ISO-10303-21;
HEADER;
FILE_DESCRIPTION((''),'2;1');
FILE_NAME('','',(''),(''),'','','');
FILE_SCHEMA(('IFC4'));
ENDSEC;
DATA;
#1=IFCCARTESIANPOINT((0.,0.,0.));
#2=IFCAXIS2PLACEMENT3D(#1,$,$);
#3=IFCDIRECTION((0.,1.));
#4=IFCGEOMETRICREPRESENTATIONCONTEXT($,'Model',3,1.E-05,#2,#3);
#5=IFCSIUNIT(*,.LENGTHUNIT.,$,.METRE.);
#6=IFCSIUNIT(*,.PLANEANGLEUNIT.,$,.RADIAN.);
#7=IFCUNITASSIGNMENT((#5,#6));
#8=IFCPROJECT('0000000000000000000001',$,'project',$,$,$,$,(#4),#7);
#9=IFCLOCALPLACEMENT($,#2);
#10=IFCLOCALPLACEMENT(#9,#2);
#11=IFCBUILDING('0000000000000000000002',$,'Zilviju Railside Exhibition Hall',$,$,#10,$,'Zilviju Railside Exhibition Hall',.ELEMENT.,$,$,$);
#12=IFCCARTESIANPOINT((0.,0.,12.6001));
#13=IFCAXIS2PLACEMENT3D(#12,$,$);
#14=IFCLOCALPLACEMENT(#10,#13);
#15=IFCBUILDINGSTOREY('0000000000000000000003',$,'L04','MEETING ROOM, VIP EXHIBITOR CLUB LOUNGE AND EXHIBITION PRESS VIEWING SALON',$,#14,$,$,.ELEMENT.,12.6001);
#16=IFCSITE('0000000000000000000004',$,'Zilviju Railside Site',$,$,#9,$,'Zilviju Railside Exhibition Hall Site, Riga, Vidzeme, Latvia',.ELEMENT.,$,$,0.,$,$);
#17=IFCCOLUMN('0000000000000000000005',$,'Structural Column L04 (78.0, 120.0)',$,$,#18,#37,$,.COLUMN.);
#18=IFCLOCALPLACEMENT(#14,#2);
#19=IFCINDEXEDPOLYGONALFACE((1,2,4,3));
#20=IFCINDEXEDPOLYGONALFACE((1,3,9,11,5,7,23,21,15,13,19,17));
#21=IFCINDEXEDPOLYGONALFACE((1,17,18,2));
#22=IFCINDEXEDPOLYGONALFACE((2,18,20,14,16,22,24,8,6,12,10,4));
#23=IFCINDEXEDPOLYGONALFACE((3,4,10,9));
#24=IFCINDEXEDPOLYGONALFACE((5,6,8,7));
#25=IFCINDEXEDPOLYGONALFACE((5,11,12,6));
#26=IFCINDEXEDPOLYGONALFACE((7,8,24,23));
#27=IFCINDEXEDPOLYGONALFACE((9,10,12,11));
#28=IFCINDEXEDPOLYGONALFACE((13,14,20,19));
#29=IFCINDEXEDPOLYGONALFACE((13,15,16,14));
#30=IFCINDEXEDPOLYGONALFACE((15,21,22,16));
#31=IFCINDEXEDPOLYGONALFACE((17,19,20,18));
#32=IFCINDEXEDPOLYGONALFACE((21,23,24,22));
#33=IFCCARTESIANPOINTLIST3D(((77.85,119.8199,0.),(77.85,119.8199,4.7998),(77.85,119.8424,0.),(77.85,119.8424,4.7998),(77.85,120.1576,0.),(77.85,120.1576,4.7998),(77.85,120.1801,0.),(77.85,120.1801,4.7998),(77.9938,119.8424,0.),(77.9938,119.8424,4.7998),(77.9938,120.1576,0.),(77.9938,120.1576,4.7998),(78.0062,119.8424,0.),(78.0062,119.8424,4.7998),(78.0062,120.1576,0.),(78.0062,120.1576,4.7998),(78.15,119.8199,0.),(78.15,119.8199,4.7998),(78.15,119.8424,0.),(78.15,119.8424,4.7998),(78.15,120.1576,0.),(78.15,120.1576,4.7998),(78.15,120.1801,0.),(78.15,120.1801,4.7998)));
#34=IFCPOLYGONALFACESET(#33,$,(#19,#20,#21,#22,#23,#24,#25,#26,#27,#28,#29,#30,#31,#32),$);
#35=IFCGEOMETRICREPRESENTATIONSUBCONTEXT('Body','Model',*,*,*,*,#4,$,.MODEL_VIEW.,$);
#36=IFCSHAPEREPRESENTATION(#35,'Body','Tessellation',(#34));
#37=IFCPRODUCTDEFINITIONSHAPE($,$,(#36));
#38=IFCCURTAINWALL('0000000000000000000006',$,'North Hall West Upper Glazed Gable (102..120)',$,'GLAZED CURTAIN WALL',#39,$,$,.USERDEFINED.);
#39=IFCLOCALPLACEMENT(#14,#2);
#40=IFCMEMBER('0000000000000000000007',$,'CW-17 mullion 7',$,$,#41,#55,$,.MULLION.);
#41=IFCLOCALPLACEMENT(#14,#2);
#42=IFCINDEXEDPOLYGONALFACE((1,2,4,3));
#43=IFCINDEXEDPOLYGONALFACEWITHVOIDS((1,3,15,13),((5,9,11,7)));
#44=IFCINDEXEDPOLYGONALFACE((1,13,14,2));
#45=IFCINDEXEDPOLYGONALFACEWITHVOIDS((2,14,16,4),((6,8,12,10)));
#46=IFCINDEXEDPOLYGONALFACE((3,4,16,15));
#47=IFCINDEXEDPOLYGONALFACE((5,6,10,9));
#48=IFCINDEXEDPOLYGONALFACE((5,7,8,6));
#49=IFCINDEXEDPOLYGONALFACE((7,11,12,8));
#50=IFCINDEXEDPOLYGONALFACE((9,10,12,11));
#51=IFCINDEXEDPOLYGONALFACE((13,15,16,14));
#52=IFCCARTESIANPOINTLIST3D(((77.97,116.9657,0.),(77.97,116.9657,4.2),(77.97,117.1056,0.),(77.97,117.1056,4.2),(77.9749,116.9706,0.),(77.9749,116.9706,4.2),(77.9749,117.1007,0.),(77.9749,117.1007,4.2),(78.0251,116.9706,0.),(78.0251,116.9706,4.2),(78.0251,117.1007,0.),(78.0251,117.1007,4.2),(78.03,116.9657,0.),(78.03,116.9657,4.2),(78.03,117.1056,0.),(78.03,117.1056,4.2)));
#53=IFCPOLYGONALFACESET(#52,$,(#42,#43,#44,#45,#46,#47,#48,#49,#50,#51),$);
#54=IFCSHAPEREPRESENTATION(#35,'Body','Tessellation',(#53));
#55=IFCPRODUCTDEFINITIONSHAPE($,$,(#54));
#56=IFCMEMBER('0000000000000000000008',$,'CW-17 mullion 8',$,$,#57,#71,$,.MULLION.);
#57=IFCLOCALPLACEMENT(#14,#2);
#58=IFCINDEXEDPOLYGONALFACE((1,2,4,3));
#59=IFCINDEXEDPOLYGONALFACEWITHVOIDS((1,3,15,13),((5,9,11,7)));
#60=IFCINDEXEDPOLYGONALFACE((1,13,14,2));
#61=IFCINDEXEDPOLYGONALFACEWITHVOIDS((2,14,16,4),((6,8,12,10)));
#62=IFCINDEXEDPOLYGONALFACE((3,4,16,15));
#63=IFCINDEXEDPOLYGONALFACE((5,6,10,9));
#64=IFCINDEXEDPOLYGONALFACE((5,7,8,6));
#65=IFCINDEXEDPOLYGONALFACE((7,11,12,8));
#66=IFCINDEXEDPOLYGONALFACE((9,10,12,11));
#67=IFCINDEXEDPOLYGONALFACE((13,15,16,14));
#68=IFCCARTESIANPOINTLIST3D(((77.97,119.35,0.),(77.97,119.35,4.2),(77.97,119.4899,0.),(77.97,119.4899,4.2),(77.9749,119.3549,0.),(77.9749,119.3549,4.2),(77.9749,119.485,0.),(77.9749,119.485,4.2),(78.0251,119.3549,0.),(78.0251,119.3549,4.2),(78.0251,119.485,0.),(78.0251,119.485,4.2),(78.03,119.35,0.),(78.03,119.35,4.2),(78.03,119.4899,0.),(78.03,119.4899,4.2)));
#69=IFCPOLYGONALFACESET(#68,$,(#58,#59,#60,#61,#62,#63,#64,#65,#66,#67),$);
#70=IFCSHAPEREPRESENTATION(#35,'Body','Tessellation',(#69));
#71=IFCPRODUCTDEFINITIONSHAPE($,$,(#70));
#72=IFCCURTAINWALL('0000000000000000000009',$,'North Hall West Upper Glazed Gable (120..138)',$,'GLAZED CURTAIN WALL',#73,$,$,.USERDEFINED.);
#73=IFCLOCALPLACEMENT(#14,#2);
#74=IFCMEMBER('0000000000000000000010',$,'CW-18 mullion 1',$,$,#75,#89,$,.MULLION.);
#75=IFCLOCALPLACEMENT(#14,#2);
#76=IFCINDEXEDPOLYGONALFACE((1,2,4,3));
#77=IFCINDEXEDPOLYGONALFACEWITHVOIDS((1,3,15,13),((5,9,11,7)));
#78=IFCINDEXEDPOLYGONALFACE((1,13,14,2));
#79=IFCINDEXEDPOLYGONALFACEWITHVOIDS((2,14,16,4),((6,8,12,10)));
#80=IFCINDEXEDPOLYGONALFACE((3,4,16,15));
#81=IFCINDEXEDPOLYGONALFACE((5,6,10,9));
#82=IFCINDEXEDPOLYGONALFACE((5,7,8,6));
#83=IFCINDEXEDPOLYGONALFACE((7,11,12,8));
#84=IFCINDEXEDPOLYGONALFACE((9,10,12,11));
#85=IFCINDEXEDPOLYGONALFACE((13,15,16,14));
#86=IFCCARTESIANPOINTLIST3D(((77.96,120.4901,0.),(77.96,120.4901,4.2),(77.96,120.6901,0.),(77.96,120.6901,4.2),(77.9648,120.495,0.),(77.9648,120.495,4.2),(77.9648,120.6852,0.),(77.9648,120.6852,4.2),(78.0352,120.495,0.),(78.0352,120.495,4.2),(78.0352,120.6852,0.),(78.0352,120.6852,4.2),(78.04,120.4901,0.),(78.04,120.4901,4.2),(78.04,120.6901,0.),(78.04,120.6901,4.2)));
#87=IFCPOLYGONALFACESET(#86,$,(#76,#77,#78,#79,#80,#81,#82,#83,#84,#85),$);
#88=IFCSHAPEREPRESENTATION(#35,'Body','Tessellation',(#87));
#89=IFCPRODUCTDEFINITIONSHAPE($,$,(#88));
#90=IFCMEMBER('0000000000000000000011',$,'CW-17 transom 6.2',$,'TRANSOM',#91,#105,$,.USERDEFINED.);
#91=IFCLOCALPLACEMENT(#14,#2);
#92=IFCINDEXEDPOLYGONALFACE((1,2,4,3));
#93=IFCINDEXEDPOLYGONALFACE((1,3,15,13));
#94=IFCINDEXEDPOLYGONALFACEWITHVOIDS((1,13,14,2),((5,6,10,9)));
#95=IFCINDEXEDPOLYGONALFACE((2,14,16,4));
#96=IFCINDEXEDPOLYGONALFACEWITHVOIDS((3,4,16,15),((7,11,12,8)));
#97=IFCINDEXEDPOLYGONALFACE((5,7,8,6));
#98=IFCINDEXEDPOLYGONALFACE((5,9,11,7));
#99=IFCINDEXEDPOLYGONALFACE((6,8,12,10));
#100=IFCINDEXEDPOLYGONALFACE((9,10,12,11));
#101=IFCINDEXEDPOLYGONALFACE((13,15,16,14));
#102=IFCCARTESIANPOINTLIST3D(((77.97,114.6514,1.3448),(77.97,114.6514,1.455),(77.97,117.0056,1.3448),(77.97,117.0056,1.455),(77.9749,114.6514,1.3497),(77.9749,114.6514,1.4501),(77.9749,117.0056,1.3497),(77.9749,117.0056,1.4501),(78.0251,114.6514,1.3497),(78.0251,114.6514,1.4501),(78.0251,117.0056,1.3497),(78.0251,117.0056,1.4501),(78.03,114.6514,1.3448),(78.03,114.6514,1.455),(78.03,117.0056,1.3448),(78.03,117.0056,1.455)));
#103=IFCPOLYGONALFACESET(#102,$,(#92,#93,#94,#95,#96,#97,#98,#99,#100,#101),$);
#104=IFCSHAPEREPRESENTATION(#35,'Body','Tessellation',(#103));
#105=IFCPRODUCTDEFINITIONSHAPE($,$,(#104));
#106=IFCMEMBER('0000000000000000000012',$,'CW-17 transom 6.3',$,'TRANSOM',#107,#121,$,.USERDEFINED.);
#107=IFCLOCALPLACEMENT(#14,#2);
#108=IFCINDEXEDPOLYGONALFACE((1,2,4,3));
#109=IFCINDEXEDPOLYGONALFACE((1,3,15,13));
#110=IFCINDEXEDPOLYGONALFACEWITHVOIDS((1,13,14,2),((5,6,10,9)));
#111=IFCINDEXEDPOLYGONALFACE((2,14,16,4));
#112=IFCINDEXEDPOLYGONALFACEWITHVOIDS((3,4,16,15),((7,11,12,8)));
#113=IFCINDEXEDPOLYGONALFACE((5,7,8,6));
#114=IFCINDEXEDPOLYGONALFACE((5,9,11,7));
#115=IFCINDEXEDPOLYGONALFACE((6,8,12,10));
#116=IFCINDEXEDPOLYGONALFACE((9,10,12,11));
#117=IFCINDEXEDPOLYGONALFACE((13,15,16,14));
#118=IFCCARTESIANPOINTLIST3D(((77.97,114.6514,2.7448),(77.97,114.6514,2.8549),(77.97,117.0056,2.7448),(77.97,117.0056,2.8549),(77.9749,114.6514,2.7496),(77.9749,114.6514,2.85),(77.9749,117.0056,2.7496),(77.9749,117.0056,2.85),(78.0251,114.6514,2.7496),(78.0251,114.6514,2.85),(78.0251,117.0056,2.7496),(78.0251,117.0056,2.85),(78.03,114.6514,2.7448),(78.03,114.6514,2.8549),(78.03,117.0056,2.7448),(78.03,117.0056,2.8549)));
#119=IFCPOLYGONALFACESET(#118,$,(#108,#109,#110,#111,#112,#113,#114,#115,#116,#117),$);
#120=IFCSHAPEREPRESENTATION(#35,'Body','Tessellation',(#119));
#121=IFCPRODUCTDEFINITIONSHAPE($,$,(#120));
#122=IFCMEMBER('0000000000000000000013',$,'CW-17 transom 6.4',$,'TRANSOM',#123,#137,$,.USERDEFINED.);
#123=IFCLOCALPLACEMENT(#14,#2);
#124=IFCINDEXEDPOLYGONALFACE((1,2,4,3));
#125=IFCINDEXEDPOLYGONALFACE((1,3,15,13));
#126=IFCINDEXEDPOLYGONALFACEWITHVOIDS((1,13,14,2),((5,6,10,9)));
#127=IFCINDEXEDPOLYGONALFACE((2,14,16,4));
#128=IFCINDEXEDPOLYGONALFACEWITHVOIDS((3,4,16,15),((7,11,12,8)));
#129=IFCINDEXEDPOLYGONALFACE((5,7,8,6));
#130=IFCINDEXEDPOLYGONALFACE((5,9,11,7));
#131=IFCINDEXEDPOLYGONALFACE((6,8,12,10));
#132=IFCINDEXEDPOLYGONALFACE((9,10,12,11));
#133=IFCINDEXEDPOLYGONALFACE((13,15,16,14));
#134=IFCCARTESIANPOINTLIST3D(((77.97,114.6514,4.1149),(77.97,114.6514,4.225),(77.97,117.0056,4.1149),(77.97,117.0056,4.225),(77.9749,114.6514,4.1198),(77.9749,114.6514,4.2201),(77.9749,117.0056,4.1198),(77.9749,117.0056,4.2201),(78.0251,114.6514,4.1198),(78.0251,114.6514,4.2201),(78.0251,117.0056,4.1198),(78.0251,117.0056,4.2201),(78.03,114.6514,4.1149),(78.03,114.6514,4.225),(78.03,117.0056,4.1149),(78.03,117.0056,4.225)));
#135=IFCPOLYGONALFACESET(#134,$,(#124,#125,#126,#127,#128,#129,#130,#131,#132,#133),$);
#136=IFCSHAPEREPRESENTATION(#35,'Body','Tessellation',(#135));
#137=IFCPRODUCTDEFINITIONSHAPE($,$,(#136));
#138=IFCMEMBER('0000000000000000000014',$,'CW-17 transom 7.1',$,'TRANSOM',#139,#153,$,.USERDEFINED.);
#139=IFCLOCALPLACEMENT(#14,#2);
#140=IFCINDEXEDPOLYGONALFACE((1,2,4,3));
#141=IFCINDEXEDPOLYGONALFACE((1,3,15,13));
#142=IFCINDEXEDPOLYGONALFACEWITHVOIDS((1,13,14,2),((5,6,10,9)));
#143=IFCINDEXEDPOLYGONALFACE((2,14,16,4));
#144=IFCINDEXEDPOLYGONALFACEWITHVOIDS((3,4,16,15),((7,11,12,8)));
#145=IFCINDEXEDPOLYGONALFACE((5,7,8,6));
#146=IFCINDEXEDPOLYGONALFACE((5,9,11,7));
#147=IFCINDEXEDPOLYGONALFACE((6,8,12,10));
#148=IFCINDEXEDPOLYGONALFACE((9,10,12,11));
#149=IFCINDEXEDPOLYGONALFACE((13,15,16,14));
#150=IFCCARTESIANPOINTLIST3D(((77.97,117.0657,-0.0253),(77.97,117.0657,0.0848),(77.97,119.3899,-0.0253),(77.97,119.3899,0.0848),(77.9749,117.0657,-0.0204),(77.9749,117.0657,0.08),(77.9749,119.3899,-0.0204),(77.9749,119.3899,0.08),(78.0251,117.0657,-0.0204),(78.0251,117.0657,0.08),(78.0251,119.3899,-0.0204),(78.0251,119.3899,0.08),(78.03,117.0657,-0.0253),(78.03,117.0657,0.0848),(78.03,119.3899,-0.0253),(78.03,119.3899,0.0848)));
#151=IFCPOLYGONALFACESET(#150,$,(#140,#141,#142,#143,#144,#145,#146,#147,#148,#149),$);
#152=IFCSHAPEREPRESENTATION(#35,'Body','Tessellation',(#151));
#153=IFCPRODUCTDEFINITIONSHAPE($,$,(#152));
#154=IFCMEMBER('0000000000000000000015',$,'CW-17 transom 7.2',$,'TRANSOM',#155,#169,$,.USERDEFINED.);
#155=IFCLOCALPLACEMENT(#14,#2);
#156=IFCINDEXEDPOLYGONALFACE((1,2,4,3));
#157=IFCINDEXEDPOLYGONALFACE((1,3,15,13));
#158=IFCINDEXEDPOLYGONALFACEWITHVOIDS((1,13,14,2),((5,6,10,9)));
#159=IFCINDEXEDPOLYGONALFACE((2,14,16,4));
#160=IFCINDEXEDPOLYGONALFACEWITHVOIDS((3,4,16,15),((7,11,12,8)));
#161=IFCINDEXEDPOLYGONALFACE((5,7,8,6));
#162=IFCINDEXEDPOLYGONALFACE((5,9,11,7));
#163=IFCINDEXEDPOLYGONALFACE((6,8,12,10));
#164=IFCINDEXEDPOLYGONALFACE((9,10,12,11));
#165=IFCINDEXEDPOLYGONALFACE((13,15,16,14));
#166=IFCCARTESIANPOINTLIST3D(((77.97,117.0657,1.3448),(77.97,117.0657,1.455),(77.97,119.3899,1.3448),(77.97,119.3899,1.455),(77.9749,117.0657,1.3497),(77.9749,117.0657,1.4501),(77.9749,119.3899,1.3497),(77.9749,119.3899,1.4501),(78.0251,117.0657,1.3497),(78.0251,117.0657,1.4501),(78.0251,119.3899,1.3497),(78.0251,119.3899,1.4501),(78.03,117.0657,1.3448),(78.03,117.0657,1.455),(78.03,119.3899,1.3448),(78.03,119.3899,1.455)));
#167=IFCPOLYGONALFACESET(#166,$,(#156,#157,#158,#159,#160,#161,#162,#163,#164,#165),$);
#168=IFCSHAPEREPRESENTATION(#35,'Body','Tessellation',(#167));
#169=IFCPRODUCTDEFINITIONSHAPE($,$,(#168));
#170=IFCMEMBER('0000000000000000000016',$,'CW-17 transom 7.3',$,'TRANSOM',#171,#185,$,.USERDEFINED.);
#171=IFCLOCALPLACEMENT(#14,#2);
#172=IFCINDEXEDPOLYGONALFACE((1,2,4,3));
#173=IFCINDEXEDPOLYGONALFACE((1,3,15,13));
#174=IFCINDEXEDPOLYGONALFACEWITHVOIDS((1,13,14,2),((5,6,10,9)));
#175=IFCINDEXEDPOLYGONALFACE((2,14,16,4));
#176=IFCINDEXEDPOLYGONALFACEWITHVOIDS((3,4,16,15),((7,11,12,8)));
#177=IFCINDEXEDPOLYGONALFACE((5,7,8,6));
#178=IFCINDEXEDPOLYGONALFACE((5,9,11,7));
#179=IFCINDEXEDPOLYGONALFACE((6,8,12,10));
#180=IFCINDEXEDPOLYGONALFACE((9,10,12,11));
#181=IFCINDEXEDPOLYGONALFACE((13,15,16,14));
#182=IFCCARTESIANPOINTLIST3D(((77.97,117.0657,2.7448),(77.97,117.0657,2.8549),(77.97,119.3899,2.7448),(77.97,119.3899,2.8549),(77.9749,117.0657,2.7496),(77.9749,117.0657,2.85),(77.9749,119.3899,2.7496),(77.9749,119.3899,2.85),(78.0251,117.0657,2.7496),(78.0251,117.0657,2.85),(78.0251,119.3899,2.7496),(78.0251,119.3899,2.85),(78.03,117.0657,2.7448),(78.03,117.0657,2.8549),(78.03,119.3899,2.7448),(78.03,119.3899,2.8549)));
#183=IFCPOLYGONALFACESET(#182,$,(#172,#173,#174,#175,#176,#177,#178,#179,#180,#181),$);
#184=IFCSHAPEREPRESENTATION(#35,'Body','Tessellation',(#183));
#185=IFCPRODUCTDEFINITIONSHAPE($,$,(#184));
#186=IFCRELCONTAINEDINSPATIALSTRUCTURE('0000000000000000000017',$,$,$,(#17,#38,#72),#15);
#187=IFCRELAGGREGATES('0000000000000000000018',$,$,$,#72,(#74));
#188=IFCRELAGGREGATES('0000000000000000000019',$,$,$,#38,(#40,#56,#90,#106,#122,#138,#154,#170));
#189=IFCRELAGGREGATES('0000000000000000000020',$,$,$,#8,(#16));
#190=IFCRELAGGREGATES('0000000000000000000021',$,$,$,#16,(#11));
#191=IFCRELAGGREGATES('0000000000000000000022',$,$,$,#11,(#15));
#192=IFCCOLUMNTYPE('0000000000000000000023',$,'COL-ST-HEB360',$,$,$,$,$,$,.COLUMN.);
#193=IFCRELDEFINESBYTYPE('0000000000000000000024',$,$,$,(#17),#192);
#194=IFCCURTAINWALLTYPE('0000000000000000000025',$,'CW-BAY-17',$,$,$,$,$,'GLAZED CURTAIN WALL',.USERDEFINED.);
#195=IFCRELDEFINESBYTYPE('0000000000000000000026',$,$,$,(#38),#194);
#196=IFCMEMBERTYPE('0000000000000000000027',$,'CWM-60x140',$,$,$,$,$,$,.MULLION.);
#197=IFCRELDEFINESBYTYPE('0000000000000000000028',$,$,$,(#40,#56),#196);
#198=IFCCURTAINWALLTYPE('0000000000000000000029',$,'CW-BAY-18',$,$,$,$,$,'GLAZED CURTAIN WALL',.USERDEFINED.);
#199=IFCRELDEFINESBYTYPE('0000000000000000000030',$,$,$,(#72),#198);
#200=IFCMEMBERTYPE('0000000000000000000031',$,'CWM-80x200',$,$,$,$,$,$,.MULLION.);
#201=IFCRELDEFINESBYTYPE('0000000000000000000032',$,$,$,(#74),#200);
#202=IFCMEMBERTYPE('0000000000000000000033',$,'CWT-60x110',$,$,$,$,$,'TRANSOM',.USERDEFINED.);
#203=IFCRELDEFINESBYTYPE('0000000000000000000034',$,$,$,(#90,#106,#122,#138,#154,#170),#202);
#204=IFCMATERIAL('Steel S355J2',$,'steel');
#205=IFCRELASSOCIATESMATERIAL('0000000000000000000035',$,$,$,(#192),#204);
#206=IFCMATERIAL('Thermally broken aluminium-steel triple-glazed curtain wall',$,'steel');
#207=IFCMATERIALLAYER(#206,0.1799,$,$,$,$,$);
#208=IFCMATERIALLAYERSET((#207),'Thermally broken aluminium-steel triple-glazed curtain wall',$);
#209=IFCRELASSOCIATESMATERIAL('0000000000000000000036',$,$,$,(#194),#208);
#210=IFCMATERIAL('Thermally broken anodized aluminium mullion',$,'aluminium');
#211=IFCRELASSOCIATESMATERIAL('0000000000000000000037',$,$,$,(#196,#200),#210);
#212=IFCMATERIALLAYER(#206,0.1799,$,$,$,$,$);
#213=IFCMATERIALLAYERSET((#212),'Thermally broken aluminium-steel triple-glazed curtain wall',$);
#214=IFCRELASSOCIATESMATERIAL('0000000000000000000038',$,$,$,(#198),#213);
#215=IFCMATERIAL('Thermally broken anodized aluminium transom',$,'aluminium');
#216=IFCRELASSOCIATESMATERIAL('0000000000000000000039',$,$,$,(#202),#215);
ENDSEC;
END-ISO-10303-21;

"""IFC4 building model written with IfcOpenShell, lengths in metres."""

from ifc_helpers import new_model, si_unit, direction, frame, origin, origin_2d, place, context, subcontext, project, spatial, hollow_rectangle, i_section, extrude, material, layer, layer_set, material_profile, profile_set, type_object, element, aggregate, save


model = new_model("IFC4")

# Units and contexts
model_context = context("Model", 3, precision=1e-05, world=origin(), true_north=direction((0.0, 1.0)))
body_context = subcontext(model_context, "Body", "Model", "MODEL_VIEW")
ifc_project = project(units=[si_unit("LENGTHUNIT", "METRE"), si_unit("PLANEANGLEUNIT", "RADIAN")], contexts=[model_context])

# Site, building, storey
site_placement = place(None, origin())
site = spatial("IfcSite", under=ifc_project, at=site_placement, Name="Zilviju Railside Site", LongName="Zilviju Railside Exhibition Hall Site, Riga, Vidzeme, Latvia", CompositionType="ELEMENT", RefElevation=0.0)
building_placement = place(site_placement, origin())
building = spatial("IfcBuilding", under=site, at=building_placement, Name="Zilviju Railside Exhibition Hall", LongName="Zilviju Railside Exhibition Hall", CompositionType="ELEMENT")
storey_placement = place(building_placement, frame((0.0, 0.0, 12.6001)))
storey = spatial("IfcBuildingStorey", under=building, at=storey_placement, Name="L04", Description="MEETING ROOM, VIP EXHIBITOR CLUB LOUNGE AND EXHIBITION PRESS VIEWING SALON", CompositionType="ELEMENT", Elevation=12.6001)

# Column
ifc_material_1 = material(Name="Steel S355J2", Category="steel")
ifc_material_profile_1 = material_profile(ifc_material_1, i_section(OverallWidth=0.3, OverallDepth=0.3601, WebThickness=0.0125, FlangeThickness=0.0225, at=origin_2d()), Name="HEB 360")
ifc_profile_set_1 = profile_set([ifc_material_profile_1], Name="Steel S355J2")
column_type = type_object("IfcColumnType", Name="COL-ST-HEB360", PredefinedType="COLUMN", material=ifc_profile_set_1)
column_placement = place(storey_placement, frame((78.0, 120.0, 0.0), z_axis=(0.0, 0.0, 1.0), x_axis=(1.0, 0.0, 0.0)))
element("IfcColumn", 1, at=column_placement, inside=storey, type_object=column_type, Name="Structural Column L04 (78.0, 120.0)", PredefinedType="COLUMN", context=body_context, shape_type="SweptSolid", body=[
    extrude(i_section(OverallWidth=0.3, OverallDepth=0.3601, WebThickness=0.0125, FlangeThickness=0.0225, at=origin_2d()), origin(), (0.0, 0.0, 1.0), 4.7998),
])

# Curtain wall, members
ifc_material_2 = material(Name="Thermally broken aluminium-steel triple-glazed curtain wall", Category="steel")
ifc_layer_1 = layer(ifc_material_2, 0.1799)
ifc_layer_set_1 = layer_set([ifc_layer_1], Name="Thermally broken aluminium-steel triple-glazed curtain wall")
curtain_wall_type_1 = type_object("IfcCurtainWallType", Name="CW-BAY-17", ElementType="GLAZED CURTAIN WALL", PredefinedType="USERDEFINED", material=ifc_layer_set_1)
curtain_wall_1_placement = place(storey_placement, origin())
curtain_wall_1 = element("IfcCurtainWall", 2, at=curtain_wall_1_placement, inside=storey, type_object=curtain_wall_type_1, Name="North Hall West Upper Glazed Gable (102..120)", ObjectType="GLAZED CURTAIN WALL", PredefinedType="USERDEFINED")
ifc_material_3 = material(Name="Thermally broken anodized aluminium mullion", Category="aluminium")
ifc_material_profile_2 = material_profile(ifc_material_3, hollow_rectangle(XDim=0.0601, YDim=0.1399, WallThickness=0.0049, at=origin_2d()), Name="MULLION 140x60x5")
ifc_profile_set_2 = profile_set([ifc_material_profile_2], Name="Thermally broken anodized aluminium mullion")
member_type_1 = type_object("IfcMemberType", Name="CWM-60x140", PredefinedType="MULLION", material=ifc_profile_set_2)
member_1_placement = place(storey_placement, frame((78.0, 117.0356, 0.0), z_axis=(0.0, 0.0, 1.0), x_axis=(-1.0, 0.0, 0.0)))
member_1 = element("IfcMember", 3, at=member_1_placement, type_object=member_type_1, Name="CW-17 mullion 7", PredefinedType="MULLION", context=body_context, shape_type="SweptSolid", body=[
    extrude(hollow_rectangle(XDim=0.0601, YDim=0.1399, WallThickness=0.0049, at=origin_2d()), origin(), (0.0, 0.0, 1.0), 4.2),
])
member_2_placement = place(storey_placement, frame((78.0, 119.4199, 0.0), z_axis=(0.0, 0.0, 1.0), x_axis=(-1.0, 0.0, 0.0)))
member_2 = element("IfcMember", 4, at=member_2_placement, type_object=member_type_1, Name="CW-17 mullion 8", PredefinedType="MULLION", context=body_context, shape_type="SweptSolid", body=[
    extrude(hollow_rectangle(XDim=0.0601, YDim=0.1399, WallThickness=0.0049, at=origin_2d()), origin(), (0.0, 0.0, 1.0), 4.2),
])

# Curtain wall, member
ifc_layer_2 = layer(ifc_material_2, 0.1799)
ifc_layer_set_2 = layer_set([ifc_layer_2], Name="Thermally broken aluminium-steel triple-glazed curtain wall")
curtain_wall_type_2 = type_object("IfcCurtainWallType", Name="CW-BAY-18", ElementType="GLAZED CURTAIN WALL", PredefinedType="USERDEFINED", material=ifc_layer_set_2)
curtain_wall_2_placement = place(storey_placement, origin())
curtain_wall_2 = element("IfcCurtainWall", 5, at=curtain_wall_2_placement, inside=storey, type_object=curtain_wall_type_2, Name="North Hall West Upper Glazed Gable (120..138)", ObjectType="GLAZED CURTAIN WALL", PredefinedType="USERDEFINED")
ifc_material_profile_3 = material_profile(ifc_material_3, hollow_rectangle(XDim=0.0801, YDim=0.2, WallThickness=0.0049, at=origin_2d()), Name="MULLION 200x80x5")
ifc_profile_set_3 = profile_set([ifc_material_profile_3], Name="Thermally broken anodized aluminium mullion")
member_type_2 = type_object("IfcMemberType", Name="CWM-80x200", PredefinedType="MULLION", material=ifc_profile_set_3)
member_3_placement = place(storey_placement, frame((78.0, 120.5901, 0.0), z_axis=(0.0, 0.0, 1.0), x_axis=(-1.0, 0.0, 0.0)))
member_3 = element("IfcMember", 6, at=member_3_placement, type_object=member_type_2, Name="CW-18 mullion 1", PredefinedType="MULLION", context=body_context, shape_type="SweptSolid", body=[
    extrude(hollow_rectangle(XDim=0.0801, YDim=0.2, WallThickness=0.0049, at=origin_2d()), origin(), (0.0, 0.0, 1.0), 4.2),
])

# Members
ifc_material_4 = material(Name="Thermally broken anodized aluminium transom", Category="aluminium")
ifc_material_profile_4 = material_profile(ifc_material_4, hollow_rectangle(XDim=0.0601, YDim=0.1101, WallThickness=0.0049, at=origin_2d()), Name="TRANSOM 110x60x5")
ifc_profile_set_4 = profile_set([ifc_material_profile_4], Name="Thermally broken anodized aluminium transom")
member_type_3 = type_object("IfcMemberType", Name="CWT-60x110", ElementType="TRANSOM", PredefinedType="USERDEFINED", material=ifc_profile_set_4)
member_4_placement = place(storey_placement, frame((78.0, 114.6514, 1.3999), z_axis=(0.0, 1.0, 0.0), x_axis=(-1.0, 0.0, 0.0)))
member_4 = element("IfcMember", 7, at=member_4_placement, type_object=member_type_3, Name="CW-17 transom 6.2", ObjectType="TRANSOM", PredefinedType="USERDEFINED", context=body_context, shape_type="SweptSolid", body=[
    extrude(hollow_rectangle(XDim=0.0601, YDim=0.1101, WallThickness=0.0049, at=origin_2d()), origin(), (0.0, 0.0, 1.0), 2.3542),
])
member_5_placement = place(storey_placement, frame((78.0, 114.6514, 2.7998), z_axis=(0.0, 1.0, 0.0), x_axis=(-1.0, 0.0, 0.0)))
member_5 = element("IfcMember", 8, at=member_5_placement, type_object=member_type_3, Name="CW-17 transom 6.3", ObjectType="TRANSOM", PredefinedType="USERDEFINED", context=body_context, shape_type="SweptSolid", body=[
    extrude(hollow_rectangle(XDim=0.0601, YDim=0.1101, WallThickness=0.0049, at=origin_2d()), origin(), (0.0, 0.0, 1.0), 2.3542),
])
member_6_placement = place(storey_placement, frame((78.0, 114.6514, 4.1699), z_axis=(0.0, 1.0, 0.0), x_axis=(-1.0, 0.0, 0.0)))
member_6 = element("IfcMember", 9, at=member_6_placement, type_object=member_type_3, Name="CW-17 transom 6.4", ObjectType="TRANSOM", PredefinedType="USERDEFINED", context=body_context, shape_type="SweptSolid", body=[
    extrude(hollow_rectangle(XDim=0.0601, YDim=0.1101, WallThickness=0.0049, at=origin_2d()), origin(), (0.0, 0.0, 1.0), 2.3542),
])
member_7_placement = place(storey_placement, frame((78.0, 117.0657, 0.0298), z_axis=(0.0, 1.0, 0.0), x_axis=(-1.0, 0.0, 0.0)))
member_7 = element("IfcMember", 10, at=member_7_placement, type_object=member_type_3, Name="CW-17 transom 7.1", ObjectType="TRANSOM", PredefinedType="USERDEFINED", context=body_context, shape_type="SweptSolid", body=[
    extrude(hollow_rectangle(XDim=0.0601, YDim=0.1101, WallThickness=0.0049, at=origin_2d()), origin(), (0.0, 0.0, 1.0), 2.3242),
])
member_8_placement = place(storey_placement, frame((78.0, 117.0657, 1.3999), z_axis=(0.0, 1.0, 0.0), x_axis=(-1.0, 0.0, 0.0)))
member_8 = element("IfcMember", 11, at=member_8_placement, type_object=member_type_3, Name="CW-17 transom 7.2", ObjectType="TRANSOM", PredefinedType="USERDEFINED", context=body_context, shape_type="SweptSolid", body=[
    extrude(hollow_rectangle(XDim=0.0601, YDim=0.1101, WallThickness=0.0049, at=origin_2d()), origin(), (0.0, 0.0, 1.0), 2.3242),
])
member_9_placement = place(storey_placement, frame((78.0, 117.0657, 2.7998), z_axis=(0.0, 1.0, 0.0), x_axis=(-1.0, 0.0, 0.0)))
member_9 = element("IfcMember", 12, at=member_9_placement, type_object=member_type_3, Name="CW-17 transom 7.3", ObjectType="TRANSOM", PredefinedType="USERDEFINED", context=body_context, shape_type="SweptSolid", body=[
    extrude(hollow_rectangle(XDim=0.0601, YDim=0.1101, WallThickness=0.0049, at=origin_2d()), origin(), (0.0, 0.0, 1.0), 2.3242),
])
aggregate(curtain_wall_2, [member_3])

aggregate(curtain_wall_1, [member_1, member_2, member_4, member_5, member_6, member_7, member_8, member_9])

save(model, "model.ifc")
